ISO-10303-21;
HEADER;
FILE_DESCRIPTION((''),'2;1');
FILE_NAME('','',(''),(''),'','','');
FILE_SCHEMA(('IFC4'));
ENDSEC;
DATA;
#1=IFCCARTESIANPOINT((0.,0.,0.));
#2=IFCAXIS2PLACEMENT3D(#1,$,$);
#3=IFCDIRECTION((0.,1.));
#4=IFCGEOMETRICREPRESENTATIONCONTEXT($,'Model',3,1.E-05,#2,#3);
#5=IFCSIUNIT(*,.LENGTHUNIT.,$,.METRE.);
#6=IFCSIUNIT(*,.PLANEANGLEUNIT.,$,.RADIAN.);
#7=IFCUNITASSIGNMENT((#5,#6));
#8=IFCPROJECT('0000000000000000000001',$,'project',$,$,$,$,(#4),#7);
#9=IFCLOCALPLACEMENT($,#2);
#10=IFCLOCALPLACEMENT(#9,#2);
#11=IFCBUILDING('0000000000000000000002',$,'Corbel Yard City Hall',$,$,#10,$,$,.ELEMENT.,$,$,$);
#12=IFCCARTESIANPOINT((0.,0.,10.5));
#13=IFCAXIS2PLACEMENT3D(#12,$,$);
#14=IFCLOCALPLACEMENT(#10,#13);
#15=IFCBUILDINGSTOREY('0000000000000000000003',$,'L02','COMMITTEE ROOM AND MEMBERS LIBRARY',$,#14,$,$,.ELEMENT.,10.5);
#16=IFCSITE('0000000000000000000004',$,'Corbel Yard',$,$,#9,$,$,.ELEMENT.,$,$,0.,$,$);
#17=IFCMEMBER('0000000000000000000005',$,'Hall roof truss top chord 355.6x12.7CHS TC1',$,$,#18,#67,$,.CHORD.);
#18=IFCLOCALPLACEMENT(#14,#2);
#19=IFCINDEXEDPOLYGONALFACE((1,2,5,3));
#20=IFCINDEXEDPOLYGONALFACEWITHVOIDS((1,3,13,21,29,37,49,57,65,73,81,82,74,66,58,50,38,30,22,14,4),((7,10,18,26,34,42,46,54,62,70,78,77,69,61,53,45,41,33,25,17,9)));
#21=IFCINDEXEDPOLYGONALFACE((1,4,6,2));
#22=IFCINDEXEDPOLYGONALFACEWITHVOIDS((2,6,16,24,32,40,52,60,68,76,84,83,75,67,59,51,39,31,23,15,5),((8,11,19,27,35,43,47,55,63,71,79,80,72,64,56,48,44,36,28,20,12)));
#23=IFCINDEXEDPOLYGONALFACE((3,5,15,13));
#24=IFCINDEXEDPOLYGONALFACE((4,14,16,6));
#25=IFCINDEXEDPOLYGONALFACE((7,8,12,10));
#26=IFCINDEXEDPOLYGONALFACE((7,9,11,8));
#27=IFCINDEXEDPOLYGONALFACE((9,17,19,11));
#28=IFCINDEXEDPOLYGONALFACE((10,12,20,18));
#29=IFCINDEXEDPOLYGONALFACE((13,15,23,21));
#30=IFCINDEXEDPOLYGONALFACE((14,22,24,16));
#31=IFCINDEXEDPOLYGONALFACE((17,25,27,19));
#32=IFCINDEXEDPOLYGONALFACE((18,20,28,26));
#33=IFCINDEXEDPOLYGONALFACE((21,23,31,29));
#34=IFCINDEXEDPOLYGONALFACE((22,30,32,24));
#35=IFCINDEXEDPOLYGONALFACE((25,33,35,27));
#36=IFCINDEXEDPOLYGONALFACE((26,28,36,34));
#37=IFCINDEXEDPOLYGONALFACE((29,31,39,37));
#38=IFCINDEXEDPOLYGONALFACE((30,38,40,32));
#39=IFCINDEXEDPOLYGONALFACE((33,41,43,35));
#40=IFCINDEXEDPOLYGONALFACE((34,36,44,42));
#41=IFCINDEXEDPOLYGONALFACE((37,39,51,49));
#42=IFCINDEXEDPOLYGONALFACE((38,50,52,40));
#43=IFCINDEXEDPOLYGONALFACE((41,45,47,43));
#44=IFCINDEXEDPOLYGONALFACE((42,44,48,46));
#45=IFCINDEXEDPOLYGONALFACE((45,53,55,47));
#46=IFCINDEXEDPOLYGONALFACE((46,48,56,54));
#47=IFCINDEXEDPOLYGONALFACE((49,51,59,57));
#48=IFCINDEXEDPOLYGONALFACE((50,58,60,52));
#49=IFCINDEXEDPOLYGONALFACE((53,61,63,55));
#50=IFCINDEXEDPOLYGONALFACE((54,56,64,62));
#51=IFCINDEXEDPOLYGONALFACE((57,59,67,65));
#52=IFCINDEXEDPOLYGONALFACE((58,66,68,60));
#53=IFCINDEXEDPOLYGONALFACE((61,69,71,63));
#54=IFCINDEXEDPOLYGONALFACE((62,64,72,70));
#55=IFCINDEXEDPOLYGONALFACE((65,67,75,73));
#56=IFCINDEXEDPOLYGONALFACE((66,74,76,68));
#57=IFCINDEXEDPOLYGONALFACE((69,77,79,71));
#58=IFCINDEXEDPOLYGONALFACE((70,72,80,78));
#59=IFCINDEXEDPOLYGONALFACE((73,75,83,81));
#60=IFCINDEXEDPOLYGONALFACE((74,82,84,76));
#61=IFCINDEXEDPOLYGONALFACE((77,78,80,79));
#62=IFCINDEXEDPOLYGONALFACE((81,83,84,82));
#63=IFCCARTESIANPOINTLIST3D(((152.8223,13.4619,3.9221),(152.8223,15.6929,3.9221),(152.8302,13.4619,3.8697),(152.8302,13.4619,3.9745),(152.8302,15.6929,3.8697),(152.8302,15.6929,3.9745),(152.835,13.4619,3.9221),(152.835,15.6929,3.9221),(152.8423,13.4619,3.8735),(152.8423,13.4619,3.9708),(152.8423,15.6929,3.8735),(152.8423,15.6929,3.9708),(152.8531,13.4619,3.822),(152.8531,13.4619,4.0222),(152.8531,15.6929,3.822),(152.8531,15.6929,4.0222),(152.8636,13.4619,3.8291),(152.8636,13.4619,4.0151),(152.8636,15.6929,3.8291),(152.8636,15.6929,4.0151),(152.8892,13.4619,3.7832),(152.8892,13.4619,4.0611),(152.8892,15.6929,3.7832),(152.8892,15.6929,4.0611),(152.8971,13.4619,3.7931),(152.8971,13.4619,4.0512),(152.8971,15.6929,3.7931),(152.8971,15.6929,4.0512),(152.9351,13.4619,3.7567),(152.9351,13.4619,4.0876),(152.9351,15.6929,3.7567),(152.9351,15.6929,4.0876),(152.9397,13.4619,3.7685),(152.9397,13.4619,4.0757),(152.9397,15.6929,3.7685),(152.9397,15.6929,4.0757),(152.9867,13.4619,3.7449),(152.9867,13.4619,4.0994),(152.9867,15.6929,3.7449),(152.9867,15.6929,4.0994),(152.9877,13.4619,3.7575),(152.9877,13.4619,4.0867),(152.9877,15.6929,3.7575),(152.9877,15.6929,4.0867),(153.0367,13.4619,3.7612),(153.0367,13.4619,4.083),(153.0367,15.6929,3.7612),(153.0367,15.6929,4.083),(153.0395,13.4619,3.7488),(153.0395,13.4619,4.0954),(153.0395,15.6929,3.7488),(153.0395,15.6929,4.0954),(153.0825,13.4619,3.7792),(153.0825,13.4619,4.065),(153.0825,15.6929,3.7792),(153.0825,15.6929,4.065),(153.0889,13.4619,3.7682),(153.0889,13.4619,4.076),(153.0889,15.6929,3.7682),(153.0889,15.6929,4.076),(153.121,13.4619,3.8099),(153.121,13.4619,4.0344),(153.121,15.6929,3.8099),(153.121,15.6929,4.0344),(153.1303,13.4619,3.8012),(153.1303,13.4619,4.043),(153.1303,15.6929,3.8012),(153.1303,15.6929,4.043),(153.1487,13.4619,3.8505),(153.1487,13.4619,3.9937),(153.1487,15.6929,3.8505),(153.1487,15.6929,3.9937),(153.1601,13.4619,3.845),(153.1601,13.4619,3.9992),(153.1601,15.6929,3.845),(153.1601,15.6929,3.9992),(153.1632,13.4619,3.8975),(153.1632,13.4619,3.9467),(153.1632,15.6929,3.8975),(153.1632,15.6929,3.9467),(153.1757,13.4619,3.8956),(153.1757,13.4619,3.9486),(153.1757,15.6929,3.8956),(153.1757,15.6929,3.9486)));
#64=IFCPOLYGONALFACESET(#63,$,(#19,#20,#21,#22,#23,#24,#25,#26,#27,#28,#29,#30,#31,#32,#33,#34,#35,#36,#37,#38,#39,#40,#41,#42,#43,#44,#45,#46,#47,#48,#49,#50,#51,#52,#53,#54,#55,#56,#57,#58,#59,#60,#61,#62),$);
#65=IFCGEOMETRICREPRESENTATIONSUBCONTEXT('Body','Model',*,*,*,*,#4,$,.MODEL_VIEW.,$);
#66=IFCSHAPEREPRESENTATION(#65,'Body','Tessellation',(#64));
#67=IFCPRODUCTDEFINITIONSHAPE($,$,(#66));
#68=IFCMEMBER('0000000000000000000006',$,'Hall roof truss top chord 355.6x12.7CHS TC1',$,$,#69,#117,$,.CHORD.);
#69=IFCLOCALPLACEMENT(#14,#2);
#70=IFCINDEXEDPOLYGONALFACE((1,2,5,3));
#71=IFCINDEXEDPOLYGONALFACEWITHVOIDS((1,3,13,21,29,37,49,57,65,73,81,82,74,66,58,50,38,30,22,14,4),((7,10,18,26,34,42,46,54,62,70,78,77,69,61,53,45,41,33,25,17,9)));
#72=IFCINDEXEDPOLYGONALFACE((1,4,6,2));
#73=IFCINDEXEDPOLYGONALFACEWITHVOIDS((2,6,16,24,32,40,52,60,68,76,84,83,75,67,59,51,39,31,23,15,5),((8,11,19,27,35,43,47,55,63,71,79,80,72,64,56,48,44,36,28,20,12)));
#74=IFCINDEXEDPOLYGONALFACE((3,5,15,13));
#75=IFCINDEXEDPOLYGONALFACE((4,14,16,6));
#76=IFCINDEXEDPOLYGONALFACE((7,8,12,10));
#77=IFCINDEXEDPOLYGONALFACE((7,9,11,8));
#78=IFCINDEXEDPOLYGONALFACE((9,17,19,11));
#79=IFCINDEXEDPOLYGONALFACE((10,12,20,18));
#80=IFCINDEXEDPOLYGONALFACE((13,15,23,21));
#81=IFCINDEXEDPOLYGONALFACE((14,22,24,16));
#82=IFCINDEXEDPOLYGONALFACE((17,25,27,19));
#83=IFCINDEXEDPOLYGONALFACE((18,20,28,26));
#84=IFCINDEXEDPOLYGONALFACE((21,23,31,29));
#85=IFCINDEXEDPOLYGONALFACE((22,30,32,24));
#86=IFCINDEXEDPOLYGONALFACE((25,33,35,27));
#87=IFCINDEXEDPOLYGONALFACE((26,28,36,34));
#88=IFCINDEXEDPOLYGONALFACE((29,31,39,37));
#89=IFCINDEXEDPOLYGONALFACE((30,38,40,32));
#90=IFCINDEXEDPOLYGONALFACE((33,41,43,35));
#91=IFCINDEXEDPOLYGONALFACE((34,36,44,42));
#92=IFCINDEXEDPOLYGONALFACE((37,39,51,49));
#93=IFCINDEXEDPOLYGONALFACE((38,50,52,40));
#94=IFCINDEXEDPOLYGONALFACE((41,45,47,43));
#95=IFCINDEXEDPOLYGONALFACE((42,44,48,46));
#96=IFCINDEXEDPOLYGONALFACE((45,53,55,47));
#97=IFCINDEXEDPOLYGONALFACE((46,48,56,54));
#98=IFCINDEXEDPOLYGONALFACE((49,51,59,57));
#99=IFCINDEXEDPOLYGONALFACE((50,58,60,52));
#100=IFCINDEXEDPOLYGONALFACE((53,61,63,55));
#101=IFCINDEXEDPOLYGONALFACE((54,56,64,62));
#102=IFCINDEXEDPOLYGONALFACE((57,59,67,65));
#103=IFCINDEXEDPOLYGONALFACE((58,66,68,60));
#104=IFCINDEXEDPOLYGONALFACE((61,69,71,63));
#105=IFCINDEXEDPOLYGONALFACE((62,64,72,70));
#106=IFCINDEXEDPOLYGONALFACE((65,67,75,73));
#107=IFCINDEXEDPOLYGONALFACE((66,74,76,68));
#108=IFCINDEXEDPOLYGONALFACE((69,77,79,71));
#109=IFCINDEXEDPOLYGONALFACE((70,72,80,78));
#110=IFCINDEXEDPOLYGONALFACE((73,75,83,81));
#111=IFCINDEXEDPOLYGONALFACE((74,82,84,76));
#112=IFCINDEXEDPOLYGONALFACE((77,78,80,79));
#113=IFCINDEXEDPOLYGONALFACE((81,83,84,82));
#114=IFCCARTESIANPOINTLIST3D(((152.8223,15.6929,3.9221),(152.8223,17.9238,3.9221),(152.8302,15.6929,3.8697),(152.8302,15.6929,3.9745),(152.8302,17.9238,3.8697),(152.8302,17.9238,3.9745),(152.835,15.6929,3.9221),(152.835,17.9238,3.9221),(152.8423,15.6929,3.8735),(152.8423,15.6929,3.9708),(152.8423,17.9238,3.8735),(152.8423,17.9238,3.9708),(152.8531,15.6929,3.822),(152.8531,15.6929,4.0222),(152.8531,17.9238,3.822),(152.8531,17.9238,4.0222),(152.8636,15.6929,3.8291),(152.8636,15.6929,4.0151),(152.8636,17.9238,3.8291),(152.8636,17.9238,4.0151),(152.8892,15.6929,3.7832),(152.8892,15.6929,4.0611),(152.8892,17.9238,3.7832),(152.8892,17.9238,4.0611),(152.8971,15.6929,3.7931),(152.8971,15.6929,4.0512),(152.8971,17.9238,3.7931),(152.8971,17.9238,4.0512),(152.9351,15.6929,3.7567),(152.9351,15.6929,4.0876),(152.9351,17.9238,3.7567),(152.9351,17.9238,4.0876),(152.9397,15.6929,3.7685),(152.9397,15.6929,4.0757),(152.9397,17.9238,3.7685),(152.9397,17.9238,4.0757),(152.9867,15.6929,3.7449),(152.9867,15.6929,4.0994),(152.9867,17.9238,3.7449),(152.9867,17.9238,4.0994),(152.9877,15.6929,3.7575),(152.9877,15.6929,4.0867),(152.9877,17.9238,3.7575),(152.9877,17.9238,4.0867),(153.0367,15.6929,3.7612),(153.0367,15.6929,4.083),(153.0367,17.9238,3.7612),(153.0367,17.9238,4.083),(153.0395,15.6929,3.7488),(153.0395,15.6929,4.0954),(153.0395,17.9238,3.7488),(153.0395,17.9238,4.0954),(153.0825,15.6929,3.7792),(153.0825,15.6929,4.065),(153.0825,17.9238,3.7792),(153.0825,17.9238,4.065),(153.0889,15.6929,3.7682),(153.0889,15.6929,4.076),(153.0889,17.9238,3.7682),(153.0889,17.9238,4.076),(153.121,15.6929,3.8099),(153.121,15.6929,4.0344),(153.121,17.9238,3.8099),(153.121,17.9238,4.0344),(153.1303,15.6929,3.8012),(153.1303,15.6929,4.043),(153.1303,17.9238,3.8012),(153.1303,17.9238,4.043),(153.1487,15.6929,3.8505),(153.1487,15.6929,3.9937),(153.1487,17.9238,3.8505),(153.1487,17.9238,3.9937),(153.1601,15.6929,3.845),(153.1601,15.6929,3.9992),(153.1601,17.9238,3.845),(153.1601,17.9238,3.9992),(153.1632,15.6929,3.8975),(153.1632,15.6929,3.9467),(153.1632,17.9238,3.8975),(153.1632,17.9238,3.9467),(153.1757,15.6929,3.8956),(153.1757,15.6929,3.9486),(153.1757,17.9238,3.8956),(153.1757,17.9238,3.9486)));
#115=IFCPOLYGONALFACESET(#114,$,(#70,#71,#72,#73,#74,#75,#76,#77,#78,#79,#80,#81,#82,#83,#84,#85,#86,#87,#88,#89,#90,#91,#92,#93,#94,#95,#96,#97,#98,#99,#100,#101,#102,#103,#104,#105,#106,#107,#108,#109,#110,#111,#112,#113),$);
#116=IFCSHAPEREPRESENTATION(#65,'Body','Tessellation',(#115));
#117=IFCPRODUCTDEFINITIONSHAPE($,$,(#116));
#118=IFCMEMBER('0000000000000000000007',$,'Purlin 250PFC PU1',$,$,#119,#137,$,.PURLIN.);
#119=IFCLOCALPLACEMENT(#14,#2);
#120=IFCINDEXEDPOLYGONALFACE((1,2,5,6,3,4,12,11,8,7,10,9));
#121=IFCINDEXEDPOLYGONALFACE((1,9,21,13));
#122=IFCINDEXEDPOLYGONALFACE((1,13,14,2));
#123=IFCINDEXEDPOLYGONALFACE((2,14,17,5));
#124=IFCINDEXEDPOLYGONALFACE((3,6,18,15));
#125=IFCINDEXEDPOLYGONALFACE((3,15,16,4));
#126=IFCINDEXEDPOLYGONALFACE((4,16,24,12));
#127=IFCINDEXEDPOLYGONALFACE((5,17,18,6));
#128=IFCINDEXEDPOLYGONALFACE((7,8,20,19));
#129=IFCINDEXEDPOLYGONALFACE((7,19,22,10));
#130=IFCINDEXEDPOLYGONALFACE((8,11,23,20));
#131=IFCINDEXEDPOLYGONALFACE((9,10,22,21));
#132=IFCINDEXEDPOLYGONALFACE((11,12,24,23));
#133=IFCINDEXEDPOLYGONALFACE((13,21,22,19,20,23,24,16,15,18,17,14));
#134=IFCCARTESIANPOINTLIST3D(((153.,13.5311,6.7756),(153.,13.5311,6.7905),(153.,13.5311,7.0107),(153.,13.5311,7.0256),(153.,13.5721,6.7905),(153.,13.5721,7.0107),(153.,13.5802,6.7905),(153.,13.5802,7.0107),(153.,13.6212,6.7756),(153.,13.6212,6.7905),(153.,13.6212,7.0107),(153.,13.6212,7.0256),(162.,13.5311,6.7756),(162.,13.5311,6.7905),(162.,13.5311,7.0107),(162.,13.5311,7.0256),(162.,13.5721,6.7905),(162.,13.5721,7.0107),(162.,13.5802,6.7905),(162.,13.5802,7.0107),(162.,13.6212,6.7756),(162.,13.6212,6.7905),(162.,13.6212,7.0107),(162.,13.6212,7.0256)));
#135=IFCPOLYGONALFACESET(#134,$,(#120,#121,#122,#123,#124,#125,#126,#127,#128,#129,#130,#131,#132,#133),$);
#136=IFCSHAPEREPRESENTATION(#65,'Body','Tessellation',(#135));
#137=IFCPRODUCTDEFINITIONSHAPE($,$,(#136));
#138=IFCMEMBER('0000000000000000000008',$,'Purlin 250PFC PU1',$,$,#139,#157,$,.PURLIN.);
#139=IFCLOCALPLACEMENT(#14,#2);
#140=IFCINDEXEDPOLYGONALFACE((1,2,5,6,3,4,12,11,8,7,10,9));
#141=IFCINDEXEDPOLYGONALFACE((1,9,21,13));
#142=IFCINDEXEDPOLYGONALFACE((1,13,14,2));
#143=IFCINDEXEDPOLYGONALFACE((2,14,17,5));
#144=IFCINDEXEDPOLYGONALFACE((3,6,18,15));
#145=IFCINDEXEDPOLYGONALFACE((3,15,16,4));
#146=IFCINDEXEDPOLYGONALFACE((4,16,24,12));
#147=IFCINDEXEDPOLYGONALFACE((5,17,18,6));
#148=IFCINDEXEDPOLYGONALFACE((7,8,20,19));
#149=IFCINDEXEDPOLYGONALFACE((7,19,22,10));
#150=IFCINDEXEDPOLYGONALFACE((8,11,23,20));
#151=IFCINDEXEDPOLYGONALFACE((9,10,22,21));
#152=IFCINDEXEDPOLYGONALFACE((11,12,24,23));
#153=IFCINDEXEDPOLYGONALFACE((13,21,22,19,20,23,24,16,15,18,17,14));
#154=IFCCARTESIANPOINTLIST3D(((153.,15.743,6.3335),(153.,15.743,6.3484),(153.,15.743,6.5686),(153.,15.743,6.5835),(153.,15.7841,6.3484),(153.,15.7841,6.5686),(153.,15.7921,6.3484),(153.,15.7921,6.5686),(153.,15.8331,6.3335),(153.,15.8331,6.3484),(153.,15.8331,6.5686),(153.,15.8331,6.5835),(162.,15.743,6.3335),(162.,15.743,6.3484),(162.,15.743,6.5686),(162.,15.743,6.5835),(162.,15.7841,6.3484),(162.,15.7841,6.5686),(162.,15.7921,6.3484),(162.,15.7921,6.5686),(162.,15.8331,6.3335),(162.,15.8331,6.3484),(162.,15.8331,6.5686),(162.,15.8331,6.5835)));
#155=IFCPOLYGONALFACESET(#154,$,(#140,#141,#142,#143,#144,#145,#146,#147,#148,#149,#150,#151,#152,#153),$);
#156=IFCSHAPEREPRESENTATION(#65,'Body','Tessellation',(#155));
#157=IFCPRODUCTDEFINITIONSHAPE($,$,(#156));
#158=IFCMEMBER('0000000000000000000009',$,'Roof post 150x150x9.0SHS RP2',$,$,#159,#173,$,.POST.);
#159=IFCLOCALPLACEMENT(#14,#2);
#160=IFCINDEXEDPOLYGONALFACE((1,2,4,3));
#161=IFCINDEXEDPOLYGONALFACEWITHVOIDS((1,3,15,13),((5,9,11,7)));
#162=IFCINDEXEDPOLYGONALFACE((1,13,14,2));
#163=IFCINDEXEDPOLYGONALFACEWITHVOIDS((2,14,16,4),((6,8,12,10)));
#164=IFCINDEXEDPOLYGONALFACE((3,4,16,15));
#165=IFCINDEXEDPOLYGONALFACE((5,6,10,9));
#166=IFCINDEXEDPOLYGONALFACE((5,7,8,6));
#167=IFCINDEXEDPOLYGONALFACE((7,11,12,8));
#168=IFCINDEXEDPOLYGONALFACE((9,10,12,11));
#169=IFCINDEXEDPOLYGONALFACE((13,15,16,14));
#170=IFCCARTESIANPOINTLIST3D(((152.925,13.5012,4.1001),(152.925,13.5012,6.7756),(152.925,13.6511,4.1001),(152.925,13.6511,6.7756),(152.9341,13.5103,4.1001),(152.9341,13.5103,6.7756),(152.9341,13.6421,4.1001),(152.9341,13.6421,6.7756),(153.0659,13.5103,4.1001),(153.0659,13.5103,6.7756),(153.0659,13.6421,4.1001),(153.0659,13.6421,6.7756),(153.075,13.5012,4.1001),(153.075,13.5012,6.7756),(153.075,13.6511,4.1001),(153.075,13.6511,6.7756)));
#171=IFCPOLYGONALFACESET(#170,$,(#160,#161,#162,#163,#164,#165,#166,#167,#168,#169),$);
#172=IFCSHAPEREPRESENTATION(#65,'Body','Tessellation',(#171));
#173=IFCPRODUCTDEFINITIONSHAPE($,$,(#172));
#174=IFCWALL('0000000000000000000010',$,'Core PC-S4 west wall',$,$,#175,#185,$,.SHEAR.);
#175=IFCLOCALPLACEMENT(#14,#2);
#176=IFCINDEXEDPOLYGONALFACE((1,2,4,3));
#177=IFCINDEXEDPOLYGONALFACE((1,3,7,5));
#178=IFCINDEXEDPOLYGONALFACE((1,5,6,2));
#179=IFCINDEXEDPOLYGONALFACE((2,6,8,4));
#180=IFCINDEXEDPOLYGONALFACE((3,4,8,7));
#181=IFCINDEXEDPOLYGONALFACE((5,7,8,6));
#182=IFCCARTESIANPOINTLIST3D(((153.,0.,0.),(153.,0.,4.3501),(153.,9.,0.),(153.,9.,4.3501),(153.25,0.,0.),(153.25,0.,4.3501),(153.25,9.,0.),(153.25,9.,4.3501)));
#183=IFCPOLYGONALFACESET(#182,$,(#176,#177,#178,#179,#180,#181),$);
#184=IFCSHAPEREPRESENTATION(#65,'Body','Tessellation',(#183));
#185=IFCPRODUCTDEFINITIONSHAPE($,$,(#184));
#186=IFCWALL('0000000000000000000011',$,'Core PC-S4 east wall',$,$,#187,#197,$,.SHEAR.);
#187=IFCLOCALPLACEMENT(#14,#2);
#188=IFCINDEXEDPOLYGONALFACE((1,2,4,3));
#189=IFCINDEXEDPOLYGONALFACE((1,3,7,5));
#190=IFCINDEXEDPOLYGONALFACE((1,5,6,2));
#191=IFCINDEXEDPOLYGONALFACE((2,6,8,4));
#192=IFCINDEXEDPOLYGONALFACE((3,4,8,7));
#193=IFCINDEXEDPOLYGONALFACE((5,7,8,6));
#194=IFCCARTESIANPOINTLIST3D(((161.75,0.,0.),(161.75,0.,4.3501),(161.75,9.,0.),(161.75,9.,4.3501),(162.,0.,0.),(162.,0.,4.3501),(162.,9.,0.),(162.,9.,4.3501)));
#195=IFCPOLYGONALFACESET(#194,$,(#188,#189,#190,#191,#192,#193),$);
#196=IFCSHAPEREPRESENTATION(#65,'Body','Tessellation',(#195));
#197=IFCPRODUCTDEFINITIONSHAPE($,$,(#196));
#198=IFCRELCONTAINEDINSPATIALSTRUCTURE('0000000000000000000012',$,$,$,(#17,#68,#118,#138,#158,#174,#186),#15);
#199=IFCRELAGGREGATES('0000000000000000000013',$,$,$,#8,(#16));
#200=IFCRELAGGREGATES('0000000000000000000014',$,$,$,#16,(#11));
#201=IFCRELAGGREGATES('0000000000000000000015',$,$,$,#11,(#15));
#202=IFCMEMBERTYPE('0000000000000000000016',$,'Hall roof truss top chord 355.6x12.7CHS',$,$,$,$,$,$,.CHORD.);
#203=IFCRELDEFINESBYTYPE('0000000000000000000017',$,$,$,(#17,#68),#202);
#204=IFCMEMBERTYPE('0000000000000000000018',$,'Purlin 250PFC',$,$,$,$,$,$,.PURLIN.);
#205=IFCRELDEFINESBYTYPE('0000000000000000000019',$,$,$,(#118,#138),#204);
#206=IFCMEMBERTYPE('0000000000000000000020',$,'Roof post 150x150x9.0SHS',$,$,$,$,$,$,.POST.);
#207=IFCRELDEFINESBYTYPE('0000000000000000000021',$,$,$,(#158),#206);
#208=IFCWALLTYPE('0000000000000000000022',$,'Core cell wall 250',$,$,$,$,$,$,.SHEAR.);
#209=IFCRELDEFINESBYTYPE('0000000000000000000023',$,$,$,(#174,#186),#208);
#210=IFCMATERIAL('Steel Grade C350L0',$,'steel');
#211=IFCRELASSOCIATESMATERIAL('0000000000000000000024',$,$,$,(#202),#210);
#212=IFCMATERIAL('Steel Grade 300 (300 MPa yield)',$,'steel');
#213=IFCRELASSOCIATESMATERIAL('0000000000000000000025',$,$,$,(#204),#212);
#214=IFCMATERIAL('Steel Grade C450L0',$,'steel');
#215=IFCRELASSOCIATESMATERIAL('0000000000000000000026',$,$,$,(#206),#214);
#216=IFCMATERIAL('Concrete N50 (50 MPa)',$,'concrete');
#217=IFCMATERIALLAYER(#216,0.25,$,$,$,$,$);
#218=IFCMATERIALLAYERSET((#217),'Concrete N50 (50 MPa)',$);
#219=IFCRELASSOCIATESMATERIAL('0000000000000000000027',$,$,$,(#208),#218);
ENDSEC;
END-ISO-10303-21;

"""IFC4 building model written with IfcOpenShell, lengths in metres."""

from ifc_helpers import new_model, si_unit, direction, frame, frame_2d, origin, origin_2d, place, context, subcontext, project, spatial, rectangle, hollow_rectangle, hollow_circle, i_section, extrude, material, layer, layer_set, material_profile, profile_set, type_object, element, save


model = new_model("IFC4")

# Units and contexts
model_context = context("Model", 3, precision=1e-05, world=origin(), true_north=direction((0.0, 1.0)))
body_context = subcontext(model_context, "Body", "Model", "MODEL_VIEW")
ifc_project = project(units=[si_unit("LENGTHUNIT", "METRE"), si_unit("PLANEANGLEUNIT", "RADIAN")], contexts=[model_context])

# Site, building, storey
site_placement = place(None, origin())
site = spatial("IfcSite", under=ifc_project, at=site_placement, Name="Corbel Yard", CompositionType="ELEMENT", RefElevation=0.0)
building_placement = place(site_placement, origin())
building = spatial("IfcBuilding", under=site, at=building_placement, Name="Corbel Yard City Hall", CompositionType="ELEMENT")
storey_placement = place(building_placement, frame((0.0, 0.0, 10.5)))
storey = spatial("IfcBuildingStorey", under=building, at=storey_placement, Name="L02", Description="COMMITTEE ROOM AND MEMBERS LIBRARY", CompositionType="ELEMENT", Elevation=10.5)

# Members
ifc_material_1 = material(Name="Steel Grade C350L0", Category="steel")
ifc_material_profile_1 = material_profile(ifc_material_1, hollow_circle(Radius=0.1777, WallThickness=0.0127, at=origin_2d()), Name="355.6x12.7CHS")
ifc_profile_set_1 = profile_set([ifc_material_profile_1], Name="Steel Grade C350L0")
member_type_1 = type_object("IfcMemberType", Name="Hall roof truss top chord 355.6x12.7CHS", PredefinedType="CHORD", material=ifc_profile_set_1)
for number, where, z_axis, x_axis, name in (
    (1, (153.0, 13.4619, 3.9221), (0.0, 1.0, 0.0), (-1.0, 0.0, 0.0), "Hall roof truss top chord 355.6x12.7CHS TC1"),
    (2, (153.0, 15.6929, 3.9221), (0.0, 1.0, 0.0), (-1.0, 0.0, 0.0), "Hall roof truss top chord 355.6x12.7CHS TC1"),
):
    element("IfcMember", number, at=place(storey_placement, frame(where, z_axis=z_axis, x_axis=x_axis)), inside=storey, type_object=member_type_1, Name=name, PredefinedType="CHORD", context=body_context, shape_type="SweptSolid", body=[
        extrude(hollow_circle(Radius=0.1777, WallThickness=0.0127, at=origin_2d()), origin(), (0.0, 0.0, 1.0), 2.231),
    ])
ifc_material_2 = material(Name="Steel Grade 300 (300 MPa yield)", Category="steel")
ifc_material_profile_2 = material_profile(ifc_material_2, i_section(OverallWidth=0.0901, OverallDepth=0.25, WebThickness=0.0081, FlangeThickness=0.0149, at=origin_2d()), Name="250PFC")
ifc_profile_set_2 = profile_set([ifc_material_profile_2], Name="Steel Grade 300 (300 MPa yield)")
member_type_2 = type_object("IfcMemberType", Name="Purlin 250PFC", PredefinedType="PURLIN", material=ifc_profile_set_2)
for number, where, z_axis, x_axis, name in (
    (3, (153.0, 13.5762, 6.9006), (1.0, 0.0, 0.0), (0.0, 1.0, 0.0), "Purlin 250PFC PU1"),
    (4, (153.0, 15.7881, 6.4585), (1.0, 0.0, 0.0), (0.0, 1.0, 0.0), "Purlin 250PFC PU1"),
):
    element("IfcMember", number, at=place(storey_placement, frame(where, z_axis=z_axis, x_axis=x_axis)), inside=storey, type_object=member_type_2, Name=name, PredefinedType="PURLIN", context=body_context, shape_type="SweptSolid", body=[
        extrude(i_section(OverallWidth=0.0901, OverallDepth=0.25, WebThickness=0.0081, FlangeThickness=0.0149, at=origin_2d()), origin(), (0.0, 0.0, 1.0), 9.0),
    ])
ifc_material_3 = material(Name="Steel Grade C450L0", Category="steel")
ifc_material_profile_3 = material_profile(ifc_material_3, hollow_rectangle(XDim=0.1499, YDim=0.1499, WallThickness=0.009, at=origin_2d()), Name="150x150x9.0SHS")
ifc_profile_set_3 = profile_set([ifc_material_profile_3], Name="Steel Grade C450L0")
member_type_3 = type_object("IfcMemberType", Name="Roof post 150x150x9.0SHS", PredefinedType="POST", material=ifc_profile_set_3)
member_1_placement = place(storey_placement, frame((153.0, 13.5762, 4.1001), z_axis=(0.0, 0.0, 1.0), x_axis=(1.0, 0.0, 0.0)))
element("IfcMember", 5, at=member_1_placement, inside=storey, type_object=member_type_3, Name="Roof post 150x150x9.0SHS RP2", PredefinedType="POST", context=body_context, shape_type="SweptSolid", body=[
    extrude(hollow_rectangle(XDim=0.1499, YDim=0.1499, WallThickness=0.009, at=origin_2d()), origin(), (0.0, 0.0, 1.0), 2.6755),
])

# Walls
ifc_material_4 = material(Name="Concrete N50 (50 MPa)", Category="concrete")
ifc_layer_1 = layer(ifc_material_4, 0.25)
ifc_layer_set_1 = layer_set([ifc_layer_1], Name="Concrete N50 (50 MPa)")
wall_type_1 = type_object("IfcWallType", Name="Core cell wall 250", PredefinedType="SHEAR", material=ifc_layer_set_1)
for number, where, z_axis, x_axis, name in (
    (6, (153.125, 0.0, 0.0), (0.0, 0.0, 1.0), (0.0, 1.0, 0.0), "Core PC-S4 west wall"),
    (7, (161.875, 0.0, 0.0), (0.0, 0.0, 1.0), (0.0, 1.0, 0.0), "Core PC-S4 east wall"),
):
    element("IfcWall", number, at=place(storey_placement, frame(where, z_axis=z_axis, x_axis=x_axis)), inside=storey, type_object=wall_type_1, Name=name, PredefinedType="SHEAR", context=body_context, shape_type="SweptSolid", body=[
        extrude(rectangle(XDim=9.0, YDim=0.25, at=frame_2d((4.5, 0.0))), origin(), (0.0, 0.0, 1.0), 4.3501),
    ])

save(model, "model.ifc")
